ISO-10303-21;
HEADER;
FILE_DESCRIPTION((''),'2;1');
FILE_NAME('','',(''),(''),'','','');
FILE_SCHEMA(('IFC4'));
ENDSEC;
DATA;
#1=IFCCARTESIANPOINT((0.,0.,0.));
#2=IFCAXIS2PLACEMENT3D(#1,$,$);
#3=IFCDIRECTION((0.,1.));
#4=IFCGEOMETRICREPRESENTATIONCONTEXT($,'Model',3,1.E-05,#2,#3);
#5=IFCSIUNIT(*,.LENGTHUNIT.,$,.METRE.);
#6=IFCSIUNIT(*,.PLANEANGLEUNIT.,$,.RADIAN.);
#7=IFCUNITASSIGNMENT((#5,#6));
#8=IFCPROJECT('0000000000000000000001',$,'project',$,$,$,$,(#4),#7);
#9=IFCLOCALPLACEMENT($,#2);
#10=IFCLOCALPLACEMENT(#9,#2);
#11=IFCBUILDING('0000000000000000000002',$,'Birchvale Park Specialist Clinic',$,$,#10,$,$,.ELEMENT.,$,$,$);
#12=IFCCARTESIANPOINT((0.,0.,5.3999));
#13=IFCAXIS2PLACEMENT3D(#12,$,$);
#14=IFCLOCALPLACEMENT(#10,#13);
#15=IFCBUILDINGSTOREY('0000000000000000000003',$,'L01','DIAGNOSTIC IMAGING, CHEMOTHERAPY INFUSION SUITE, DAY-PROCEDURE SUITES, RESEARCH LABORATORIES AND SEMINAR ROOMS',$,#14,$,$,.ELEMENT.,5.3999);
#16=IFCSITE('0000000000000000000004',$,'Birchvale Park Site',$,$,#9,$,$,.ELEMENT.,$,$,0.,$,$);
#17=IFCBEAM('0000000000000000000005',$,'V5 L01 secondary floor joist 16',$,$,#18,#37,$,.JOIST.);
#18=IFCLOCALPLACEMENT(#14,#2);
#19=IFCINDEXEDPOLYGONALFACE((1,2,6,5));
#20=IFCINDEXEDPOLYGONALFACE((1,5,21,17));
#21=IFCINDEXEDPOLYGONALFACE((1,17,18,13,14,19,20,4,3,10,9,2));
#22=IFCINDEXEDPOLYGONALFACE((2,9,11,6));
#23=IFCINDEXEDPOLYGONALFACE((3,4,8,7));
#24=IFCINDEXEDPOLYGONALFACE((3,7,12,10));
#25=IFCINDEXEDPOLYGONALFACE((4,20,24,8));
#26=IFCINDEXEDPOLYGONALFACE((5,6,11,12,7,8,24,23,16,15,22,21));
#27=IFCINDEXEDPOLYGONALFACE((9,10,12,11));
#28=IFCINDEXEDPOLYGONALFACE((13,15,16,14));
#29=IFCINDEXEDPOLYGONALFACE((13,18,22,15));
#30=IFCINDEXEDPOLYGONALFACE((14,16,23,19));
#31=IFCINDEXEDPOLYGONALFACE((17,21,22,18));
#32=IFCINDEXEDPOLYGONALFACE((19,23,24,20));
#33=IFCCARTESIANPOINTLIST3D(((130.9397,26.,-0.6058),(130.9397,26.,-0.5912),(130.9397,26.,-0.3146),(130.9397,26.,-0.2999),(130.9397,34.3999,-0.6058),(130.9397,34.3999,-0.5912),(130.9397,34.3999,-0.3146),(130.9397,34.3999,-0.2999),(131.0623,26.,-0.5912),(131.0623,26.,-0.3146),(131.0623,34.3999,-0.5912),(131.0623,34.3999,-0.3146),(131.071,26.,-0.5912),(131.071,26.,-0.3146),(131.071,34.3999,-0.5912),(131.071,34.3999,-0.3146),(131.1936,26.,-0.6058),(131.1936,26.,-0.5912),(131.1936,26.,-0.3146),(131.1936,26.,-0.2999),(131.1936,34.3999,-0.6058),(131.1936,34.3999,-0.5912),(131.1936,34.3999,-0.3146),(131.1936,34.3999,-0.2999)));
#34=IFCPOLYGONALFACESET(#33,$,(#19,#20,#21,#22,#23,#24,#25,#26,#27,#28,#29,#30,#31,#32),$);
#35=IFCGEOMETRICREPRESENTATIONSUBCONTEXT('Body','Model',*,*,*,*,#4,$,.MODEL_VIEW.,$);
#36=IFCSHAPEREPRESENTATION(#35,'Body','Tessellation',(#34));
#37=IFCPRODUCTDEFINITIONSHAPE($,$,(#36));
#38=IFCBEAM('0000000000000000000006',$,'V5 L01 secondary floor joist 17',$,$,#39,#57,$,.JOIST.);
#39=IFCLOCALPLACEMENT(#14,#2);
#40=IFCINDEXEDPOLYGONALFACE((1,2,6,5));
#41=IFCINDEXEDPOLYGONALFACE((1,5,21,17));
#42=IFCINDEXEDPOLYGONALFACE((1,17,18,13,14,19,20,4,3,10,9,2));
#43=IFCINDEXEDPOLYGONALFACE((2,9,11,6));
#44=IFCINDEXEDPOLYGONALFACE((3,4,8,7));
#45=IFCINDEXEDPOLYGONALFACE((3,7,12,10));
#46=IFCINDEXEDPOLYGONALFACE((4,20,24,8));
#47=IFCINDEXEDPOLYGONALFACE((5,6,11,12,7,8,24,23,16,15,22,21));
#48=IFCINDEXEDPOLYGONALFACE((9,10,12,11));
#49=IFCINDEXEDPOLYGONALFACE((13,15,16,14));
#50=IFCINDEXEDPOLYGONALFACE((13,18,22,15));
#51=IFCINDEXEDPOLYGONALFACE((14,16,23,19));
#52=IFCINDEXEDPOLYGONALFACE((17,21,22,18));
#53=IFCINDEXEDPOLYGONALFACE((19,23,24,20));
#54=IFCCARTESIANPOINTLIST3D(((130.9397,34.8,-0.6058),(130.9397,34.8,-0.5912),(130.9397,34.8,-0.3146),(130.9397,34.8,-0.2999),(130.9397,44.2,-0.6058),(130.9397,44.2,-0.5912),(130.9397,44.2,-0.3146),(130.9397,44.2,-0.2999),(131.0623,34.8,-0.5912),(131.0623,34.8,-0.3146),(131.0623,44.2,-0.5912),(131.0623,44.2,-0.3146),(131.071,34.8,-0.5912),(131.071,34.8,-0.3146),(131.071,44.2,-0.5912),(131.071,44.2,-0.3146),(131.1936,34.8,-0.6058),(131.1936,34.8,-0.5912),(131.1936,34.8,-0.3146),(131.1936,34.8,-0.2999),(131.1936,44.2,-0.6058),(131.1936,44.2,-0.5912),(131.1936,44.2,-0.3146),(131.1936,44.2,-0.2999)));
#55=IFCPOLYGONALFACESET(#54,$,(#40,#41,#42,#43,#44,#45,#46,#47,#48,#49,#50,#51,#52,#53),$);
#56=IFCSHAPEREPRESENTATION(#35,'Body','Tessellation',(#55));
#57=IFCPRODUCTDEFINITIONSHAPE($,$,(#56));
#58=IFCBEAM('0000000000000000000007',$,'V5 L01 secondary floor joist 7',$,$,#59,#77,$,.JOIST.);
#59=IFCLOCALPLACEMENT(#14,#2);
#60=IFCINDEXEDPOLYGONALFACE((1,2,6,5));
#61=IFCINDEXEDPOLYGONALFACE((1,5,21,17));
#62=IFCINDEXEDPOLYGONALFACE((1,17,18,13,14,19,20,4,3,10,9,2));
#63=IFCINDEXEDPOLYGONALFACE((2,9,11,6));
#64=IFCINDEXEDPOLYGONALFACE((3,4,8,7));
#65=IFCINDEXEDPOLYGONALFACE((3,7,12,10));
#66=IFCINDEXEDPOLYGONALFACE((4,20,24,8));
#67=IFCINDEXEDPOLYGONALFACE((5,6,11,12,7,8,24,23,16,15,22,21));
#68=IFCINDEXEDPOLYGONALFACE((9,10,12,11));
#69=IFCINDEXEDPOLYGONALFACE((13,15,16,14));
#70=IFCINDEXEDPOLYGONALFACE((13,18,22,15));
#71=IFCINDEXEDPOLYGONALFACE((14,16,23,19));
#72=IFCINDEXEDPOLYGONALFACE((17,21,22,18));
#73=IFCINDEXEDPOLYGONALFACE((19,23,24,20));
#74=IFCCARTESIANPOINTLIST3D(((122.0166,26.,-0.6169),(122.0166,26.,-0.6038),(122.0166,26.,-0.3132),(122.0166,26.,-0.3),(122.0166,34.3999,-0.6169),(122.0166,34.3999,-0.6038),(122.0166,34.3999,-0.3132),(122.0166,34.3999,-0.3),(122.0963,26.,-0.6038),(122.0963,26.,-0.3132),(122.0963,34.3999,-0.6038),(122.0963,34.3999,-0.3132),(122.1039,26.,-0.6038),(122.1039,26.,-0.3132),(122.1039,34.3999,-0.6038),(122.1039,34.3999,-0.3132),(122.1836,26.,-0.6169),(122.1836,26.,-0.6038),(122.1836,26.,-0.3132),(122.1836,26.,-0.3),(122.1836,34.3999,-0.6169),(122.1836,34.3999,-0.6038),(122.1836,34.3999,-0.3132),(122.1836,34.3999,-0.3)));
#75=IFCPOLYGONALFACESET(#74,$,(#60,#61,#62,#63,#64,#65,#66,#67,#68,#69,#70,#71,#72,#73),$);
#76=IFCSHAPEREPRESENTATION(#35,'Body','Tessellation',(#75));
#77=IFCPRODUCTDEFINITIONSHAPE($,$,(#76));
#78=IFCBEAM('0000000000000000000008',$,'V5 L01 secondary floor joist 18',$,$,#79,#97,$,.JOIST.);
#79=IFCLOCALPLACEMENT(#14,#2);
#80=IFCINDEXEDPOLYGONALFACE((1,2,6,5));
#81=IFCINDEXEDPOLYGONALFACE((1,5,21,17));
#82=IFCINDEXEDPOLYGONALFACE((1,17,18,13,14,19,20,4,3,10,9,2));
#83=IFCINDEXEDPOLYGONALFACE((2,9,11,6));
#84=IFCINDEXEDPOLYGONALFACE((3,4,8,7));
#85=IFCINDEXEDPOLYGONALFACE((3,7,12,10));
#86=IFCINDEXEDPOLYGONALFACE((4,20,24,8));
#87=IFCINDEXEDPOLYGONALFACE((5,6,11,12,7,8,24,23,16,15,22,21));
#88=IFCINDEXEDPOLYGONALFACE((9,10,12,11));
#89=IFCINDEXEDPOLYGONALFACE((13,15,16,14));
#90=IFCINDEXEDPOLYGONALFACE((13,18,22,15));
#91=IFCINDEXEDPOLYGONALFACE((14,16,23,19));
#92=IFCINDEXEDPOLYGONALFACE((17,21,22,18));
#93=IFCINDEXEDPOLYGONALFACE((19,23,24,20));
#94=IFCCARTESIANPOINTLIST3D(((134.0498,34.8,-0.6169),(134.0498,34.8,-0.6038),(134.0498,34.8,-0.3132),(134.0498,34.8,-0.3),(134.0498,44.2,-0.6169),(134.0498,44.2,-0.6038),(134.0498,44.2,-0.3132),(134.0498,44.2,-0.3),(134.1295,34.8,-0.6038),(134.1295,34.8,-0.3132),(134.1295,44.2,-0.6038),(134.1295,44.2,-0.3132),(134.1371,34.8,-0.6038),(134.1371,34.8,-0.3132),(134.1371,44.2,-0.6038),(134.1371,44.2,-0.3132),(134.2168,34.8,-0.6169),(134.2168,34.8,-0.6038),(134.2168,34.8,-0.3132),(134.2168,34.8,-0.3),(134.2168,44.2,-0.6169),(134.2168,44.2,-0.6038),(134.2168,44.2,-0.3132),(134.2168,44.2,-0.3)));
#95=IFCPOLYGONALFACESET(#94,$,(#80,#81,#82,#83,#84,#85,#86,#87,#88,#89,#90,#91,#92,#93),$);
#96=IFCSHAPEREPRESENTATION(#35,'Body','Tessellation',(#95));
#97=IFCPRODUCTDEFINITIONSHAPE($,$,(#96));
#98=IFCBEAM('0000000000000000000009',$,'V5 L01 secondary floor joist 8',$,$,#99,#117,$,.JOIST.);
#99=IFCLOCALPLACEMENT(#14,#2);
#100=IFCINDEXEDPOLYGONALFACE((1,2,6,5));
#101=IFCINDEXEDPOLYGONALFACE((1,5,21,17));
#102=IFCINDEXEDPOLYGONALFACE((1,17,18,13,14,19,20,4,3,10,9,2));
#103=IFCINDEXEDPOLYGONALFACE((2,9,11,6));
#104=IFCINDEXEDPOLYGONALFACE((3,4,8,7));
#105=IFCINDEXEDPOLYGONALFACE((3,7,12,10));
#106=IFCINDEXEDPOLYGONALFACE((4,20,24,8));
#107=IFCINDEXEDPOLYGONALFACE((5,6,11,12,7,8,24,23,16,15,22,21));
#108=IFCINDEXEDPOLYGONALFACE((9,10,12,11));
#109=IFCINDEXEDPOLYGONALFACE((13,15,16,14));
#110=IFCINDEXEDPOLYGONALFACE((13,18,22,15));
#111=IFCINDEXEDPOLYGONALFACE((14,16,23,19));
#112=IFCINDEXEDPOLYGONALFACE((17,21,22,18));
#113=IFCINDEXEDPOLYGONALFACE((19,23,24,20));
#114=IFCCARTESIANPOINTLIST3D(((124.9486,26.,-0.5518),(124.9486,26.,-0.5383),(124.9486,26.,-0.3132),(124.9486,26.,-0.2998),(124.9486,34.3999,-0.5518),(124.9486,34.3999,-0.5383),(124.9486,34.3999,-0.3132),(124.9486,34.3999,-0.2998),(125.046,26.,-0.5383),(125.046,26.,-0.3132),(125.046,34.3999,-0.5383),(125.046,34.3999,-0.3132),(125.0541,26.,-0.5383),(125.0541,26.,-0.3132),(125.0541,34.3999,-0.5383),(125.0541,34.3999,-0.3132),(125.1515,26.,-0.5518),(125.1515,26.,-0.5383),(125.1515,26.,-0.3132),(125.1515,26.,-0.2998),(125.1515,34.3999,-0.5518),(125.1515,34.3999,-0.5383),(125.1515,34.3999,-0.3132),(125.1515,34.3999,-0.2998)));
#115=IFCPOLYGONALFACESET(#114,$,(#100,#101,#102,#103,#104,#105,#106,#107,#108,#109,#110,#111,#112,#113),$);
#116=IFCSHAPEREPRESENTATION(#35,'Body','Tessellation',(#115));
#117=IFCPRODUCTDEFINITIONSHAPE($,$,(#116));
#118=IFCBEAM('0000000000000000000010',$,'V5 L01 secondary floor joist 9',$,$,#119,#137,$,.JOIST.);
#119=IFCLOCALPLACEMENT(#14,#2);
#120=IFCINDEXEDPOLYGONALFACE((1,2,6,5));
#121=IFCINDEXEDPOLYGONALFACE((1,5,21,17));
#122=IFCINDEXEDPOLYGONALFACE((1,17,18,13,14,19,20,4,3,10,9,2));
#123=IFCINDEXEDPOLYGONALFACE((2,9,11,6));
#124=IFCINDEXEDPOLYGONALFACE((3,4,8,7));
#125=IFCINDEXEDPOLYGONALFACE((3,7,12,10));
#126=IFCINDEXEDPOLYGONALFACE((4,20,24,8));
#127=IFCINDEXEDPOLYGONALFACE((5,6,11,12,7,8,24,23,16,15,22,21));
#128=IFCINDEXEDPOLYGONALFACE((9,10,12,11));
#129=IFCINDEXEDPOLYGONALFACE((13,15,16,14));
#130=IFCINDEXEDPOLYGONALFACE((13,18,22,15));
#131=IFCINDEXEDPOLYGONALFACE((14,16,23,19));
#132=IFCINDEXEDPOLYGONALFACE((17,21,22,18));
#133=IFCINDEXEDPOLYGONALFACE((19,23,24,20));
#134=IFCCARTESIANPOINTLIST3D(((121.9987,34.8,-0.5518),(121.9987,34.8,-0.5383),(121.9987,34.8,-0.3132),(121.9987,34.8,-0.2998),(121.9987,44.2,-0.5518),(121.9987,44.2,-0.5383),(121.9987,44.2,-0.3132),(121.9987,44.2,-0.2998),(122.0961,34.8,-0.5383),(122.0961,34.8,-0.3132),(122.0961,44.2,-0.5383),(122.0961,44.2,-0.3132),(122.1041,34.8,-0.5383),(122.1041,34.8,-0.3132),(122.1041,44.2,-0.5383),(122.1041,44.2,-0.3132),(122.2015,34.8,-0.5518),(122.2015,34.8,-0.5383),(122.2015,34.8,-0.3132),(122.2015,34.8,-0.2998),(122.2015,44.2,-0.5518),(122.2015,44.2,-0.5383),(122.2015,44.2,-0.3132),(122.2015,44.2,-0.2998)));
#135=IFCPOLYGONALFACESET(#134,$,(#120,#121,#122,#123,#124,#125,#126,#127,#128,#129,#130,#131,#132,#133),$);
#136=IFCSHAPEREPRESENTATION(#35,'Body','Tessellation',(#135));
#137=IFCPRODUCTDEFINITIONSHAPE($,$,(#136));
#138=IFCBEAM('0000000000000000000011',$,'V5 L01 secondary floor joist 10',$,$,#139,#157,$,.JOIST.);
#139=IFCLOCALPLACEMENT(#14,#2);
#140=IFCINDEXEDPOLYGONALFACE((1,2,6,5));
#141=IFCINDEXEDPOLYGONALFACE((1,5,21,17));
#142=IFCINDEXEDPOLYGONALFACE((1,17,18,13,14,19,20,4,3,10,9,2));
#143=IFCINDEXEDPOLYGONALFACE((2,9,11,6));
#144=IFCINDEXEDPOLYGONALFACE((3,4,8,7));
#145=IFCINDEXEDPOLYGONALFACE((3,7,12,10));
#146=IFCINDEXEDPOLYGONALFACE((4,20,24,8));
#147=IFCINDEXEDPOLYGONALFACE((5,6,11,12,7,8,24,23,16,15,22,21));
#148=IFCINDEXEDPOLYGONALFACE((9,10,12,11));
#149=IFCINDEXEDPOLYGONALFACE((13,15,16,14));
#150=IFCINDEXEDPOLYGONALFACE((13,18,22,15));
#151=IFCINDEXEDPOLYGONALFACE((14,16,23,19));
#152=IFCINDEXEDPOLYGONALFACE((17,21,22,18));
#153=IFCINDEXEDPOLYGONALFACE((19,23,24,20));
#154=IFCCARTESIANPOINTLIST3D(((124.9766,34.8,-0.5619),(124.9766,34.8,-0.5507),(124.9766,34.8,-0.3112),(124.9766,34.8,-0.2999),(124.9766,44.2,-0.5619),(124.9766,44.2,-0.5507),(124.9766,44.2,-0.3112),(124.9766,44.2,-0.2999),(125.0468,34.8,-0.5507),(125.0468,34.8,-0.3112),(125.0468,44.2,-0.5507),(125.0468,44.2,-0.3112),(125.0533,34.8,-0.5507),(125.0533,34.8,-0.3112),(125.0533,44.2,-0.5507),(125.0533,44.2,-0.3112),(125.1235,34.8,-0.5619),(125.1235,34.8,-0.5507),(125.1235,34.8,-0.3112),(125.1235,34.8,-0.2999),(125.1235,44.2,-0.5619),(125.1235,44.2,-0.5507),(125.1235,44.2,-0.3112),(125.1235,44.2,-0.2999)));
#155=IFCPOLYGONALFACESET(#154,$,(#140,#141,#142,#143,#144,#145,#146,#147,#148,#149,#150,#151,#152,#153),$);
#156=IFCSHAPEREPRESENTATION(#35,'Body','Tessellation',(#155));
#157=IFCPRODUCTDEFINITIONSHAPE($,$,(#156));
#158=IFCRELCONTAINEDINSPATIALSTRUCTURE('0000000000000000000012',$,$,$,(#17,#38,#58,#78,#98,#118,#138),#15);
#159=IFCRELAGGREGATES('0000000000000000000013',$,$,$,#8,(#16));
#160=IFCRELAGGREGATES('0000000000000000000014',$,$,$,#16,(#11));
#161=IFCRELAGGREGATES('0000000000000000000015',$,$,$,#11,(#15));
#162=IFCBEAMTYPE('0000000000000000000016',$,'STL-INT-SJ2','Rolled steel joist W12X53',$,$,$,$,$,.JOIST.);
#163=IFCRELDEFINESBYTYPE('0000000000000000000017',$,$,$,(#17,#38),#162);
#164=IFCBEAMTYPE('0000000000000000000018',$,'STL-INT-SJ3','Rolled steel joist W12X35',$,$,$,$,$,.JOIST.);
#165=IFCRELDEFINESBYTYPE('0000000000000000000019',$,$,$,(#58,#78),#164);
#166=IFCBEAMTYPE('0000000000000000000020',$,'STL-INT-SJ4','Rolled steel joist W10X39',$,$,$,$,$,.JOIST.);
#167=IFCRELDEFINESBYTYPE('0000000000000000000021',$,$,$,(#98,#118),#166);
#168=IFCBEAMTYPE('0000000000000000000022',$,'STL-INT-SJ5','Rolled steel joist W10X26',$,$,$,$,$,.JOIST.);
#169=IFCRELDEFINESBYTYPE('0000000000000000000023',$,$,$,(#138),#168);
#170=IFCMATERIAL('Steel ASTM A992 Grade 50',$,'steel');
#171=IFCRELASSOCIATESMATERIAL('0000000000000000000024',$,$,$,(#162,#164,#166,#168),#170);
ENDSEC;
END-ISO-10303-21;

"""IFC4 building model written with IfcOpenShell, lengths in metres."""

from ifc_helpers import new_model, si_unit, direction, frame, origin, origin_2d, place, context, subcontext, project, spatial, i_section, extrude, material, material_profile, profile_set, type_object, element, save


model = new_model("IFC4")

# Units and contexts
model_context = context("Model", 3, precision=1e-05, world=origin(), true_north=direction((0.0, 1.0)))
body_context = subcontext(model_context, "Body", "Model", "MODEL_VIEW")
ifc_project = project(units=[si_unit("LENGTHUNIT", "METRE"), si_unit("PLANEANGLEUNIT", "RADIAN")], contexts=[model_context])

# Site, building, storey
site_placement = place(None, origin())
site = spatial("IfcSite", under=ifc_project, at=site_placement, Name="Birchvale Park Site", CompositionType="ELEMENT", RefElevation=0.0)
building_placement = place(site_placement, origin())
building = spatial("IfcBuilding", under=site, at=building_placement, Name="Birchvale Park Specialist Clinic", CompositionType="ELEMENT")
storey_placement = place(building_placement, frame((0.0, 0.0, 5.3999)))
storey = spatial("IfcBuildingStorey", under=building, at=storey_placement, Name="L01", Description="DIAGNOSTIC IMAGING, CHEMOTHERAPY INFUSION SUITE, DAY-PROCEDURE SUITES, RESEARCH LABORATORIES AND SEMINAR ROOMS", CompositionType="ELEMENT", Elevation=5.3999)

# Beams
ifc_material_1 = material(Name="Steel ASTM A992 Grade 50", Category="steel")
ifc_material_profile_1 = material_profile(ifc_material_1, i_section(OverallWidth=0.2539, OverallDepth=0.3059, WebThickness=0.0088, FlangeThickness=0.0146, at=origin_2d()), Name="W12X53")
ifc_profile_set_1 = profile_set([ifc_material_profile_1], Name="Steel ASTM A992 Grade 50")
beam_type_1 = type_object("IfcBeamType", Name="STL-INT-SJ2", Description="Rolled steel joist W12X53", PredefinedType="JOIST", material=ifc_profile_set_1)
beam_1_placement = place(storey_placement, frame((131.0667, 26.0, -0.4529), z_axis=(0.0, 1.0, 0.0), x_axis=(-1.0, 0.0, 0.0)))
element("IfcBeam", 1, at=beam_1_placement, inside=storey, type_object=beam_type_1, Name="V5 L01 secondary floor joist 16", PredefinedType="JOIST", context=body_context, shape_type="SweptSolid", body=[
    extrude(i_section(OverallWidth=0.2539, OverallDepth=0.3059, WebThickness=0.0088, FlangeThickness=0.0146, at=origin_2d()), origin(), (0.0, 0.0, 1.0), 8.3999),
])
beam_2_placement = place(storey_placement, frame((131.0667, 34.8, -0.4529), z_axis=(0.0, 1.0, 0.0), x_axis=(-1.0, 0.0, 0.0)))
element("IfcBeam", 2, at=beam_2_placement, inside=storey, type_object=beam_type_1, Name="V5 L01 secondary floor joist 17", PredefinedType="JOIST", context=body_context, shape_type="SweptSolid", body=[
    extrude(i_section(OverallWidth=0.2539, OverallDepth=0.3059, WebThickness=0.0088, FlangeThickness=0.0146, at=origin_2d()), origin(), (0.0, 0.0, 1.0), 9.3999),
])
ifc_material_profile_2 = material_profile(ifc_material_1, i_section(OverallWidth=0.167, OverallDepth=0.3169, WebThickness=0.0076, FlangeThickness=0.0132, at=origin_2d()), Name="W12X35")
ifc_profile_set_2 = profile_set([ifc_material_profile_2], Name="Steel ASTM A992 Grade 50")
beam_type_2 = type_object("IfcBeamType", Name="STL-INT-SJ3", Description="Rolled steel joist W12X35", PredefinedType="JOIST", material=ifc_profile_set_2)
beam_3_placement = place(storey_placement, frame((122.1001, 26.0, -0.4585), z_axis=(0.0, 1.0, 0.0), x_axis=(-1.0, 0.0, 0.0)))
element("IfcBeam", 3, at=beam_3_placement, inside=storey, type_object=beam_type_2, Name="V5 L01 secondary floor joist 7", PredefinedType="JOIST", context=body_context, shape_type="SweptSolid", body=[
    extrude(i_section(OverallWidth=0.167, OverallDepth=0.3169, WebThickness=0.0076, FlangeThickness=0.0132, at=origin_2d()), origin(), (0.0, 0.0, 1.0), 8.3999),
])
beam_4_placement = place(storey_placement, frame((134.1333, 34.8, -0.4585), z_axis=(0.0, 1.0, 0.0), x_axis=(-1.0, 0.0, 0.0)))
element("IfcBeam", 4, at=beam_4_placement, inside=storey, type_object=beam_type_2, Name="V5 L01 secondary floor joist 18", PredefinedType="JOIST", context=body_context, shape_type="SweptSolid", body=[
    extrude(i_section(OverallWidth=0.167, OverallDepth=0.3169, WebThickness=0.0076, FlangeThickness=0.0132, at=origin_2d()), origin(), (0.0, 0.0, 1.0), 9.3999),
])
ifc_material_profile_3 = material_profile(ifc_material_1, i_section(OverallWidth=0.2029, OverallDepth=0.252, WebThickness=0.0081, FlangeThickness=0.0134, at=origin_2d()), Name="W10X39")
ifc_profile_set_3 = profile_set([ifc_material_profile_3], Name="Steel ASTM A992 Grade 50")
beam_type_3 = type_object("IfcBeamType", Name="STL-INT-SJ4", Description="Rolled steel joist W10X39", PredefinedType="JOIST", material=ifc_profile_set_3)
beam_5_placement = place(storey_placement, frame((125.05, 26.0, -0.4258), z_axis=(0.0, 1.0, 0.0), x_axis=(-1.0, 0.0, 0.0)))
element("IfcBeam", 5, at=beam_5_placement, inside=storey, type_object=beam_type_3, Name="V5 L01 secondary floor joist 8", PredefinedType="JOIST", context=body_context, shape_type="SweptSolid", body=[
    extrude(i_section(OverallWidth=0.2029, OverallDepth=0.252, WebThickness=0.0081, FlangeThickness=0.0134, at=origin_2d()), origin(), (0.0, 0.0, 1.0), 8.3999),
])
beam_6_placement = place(storey_placement, frame((122.1001, 34.8, -0.4258), z_axis=(0.0, 1.0, 0.0), x_axis=(-1.0, 0.0, 0.0)))
element("IfcBeam", 6, at=beam_6_placement, inside=storey, type_object=beam_type_3, Name="V5 L01 secondary floor joist 9", PredefinedType="JOIST", context=body_context, shape_type="SweptSolid", body=[
    extrude(i_section(OverallWidth=0.2029, OverallDepth=0.252, WebThickness=0.0081, FlangeThickness=0.0134, at=origin_2d()), origin(), (0.0, 0.0, 1.0), 9.3999),
])
ifc_material_profile_4 = material_profile(ifc_material_1, i_section(OverallWidth=0.147, OverallDepth=0.262, WebThickness=0.0066, FlangeThickness=0.0112, at=origin_2d()), Name="W10X26")
ifc_profile_set_4 = profile_set([ifc_material_profile_4], Name="Steel ASTM A992 Grade 50")
beam_type_4 = type_object("IfcBeamType", Name="STL-INT-SJ5", Description="Rolled steel joist W10X26", PredefinedType="JOIST", material=ifc_profile_set_4)
beam_7_placement = place(storey_placement, frame((125.05, 34.8, -0.4309), z_axis=(0.0, 1.0, 0.0), x_axis=(-1.0, 0.0, 0.0)))
element("IfcBeam", 7, at=beam_7_placement, inside=storey, type_object=beam_type_4, Name="V5 L01 secondary floor joist 10", PredefinedType="JOIST", context=body_context, shape_type="SweptSolid", body=[
    extrude(i_section(OverallWidth=0.147, OverallDepth=0.262, WebThickness=0.0066, FlangeThickness=0.0112, at=origin_2d()), origin(), (0.0, 0.0, 1.0), 9.3999),
])

save(model, "model.ifc")
